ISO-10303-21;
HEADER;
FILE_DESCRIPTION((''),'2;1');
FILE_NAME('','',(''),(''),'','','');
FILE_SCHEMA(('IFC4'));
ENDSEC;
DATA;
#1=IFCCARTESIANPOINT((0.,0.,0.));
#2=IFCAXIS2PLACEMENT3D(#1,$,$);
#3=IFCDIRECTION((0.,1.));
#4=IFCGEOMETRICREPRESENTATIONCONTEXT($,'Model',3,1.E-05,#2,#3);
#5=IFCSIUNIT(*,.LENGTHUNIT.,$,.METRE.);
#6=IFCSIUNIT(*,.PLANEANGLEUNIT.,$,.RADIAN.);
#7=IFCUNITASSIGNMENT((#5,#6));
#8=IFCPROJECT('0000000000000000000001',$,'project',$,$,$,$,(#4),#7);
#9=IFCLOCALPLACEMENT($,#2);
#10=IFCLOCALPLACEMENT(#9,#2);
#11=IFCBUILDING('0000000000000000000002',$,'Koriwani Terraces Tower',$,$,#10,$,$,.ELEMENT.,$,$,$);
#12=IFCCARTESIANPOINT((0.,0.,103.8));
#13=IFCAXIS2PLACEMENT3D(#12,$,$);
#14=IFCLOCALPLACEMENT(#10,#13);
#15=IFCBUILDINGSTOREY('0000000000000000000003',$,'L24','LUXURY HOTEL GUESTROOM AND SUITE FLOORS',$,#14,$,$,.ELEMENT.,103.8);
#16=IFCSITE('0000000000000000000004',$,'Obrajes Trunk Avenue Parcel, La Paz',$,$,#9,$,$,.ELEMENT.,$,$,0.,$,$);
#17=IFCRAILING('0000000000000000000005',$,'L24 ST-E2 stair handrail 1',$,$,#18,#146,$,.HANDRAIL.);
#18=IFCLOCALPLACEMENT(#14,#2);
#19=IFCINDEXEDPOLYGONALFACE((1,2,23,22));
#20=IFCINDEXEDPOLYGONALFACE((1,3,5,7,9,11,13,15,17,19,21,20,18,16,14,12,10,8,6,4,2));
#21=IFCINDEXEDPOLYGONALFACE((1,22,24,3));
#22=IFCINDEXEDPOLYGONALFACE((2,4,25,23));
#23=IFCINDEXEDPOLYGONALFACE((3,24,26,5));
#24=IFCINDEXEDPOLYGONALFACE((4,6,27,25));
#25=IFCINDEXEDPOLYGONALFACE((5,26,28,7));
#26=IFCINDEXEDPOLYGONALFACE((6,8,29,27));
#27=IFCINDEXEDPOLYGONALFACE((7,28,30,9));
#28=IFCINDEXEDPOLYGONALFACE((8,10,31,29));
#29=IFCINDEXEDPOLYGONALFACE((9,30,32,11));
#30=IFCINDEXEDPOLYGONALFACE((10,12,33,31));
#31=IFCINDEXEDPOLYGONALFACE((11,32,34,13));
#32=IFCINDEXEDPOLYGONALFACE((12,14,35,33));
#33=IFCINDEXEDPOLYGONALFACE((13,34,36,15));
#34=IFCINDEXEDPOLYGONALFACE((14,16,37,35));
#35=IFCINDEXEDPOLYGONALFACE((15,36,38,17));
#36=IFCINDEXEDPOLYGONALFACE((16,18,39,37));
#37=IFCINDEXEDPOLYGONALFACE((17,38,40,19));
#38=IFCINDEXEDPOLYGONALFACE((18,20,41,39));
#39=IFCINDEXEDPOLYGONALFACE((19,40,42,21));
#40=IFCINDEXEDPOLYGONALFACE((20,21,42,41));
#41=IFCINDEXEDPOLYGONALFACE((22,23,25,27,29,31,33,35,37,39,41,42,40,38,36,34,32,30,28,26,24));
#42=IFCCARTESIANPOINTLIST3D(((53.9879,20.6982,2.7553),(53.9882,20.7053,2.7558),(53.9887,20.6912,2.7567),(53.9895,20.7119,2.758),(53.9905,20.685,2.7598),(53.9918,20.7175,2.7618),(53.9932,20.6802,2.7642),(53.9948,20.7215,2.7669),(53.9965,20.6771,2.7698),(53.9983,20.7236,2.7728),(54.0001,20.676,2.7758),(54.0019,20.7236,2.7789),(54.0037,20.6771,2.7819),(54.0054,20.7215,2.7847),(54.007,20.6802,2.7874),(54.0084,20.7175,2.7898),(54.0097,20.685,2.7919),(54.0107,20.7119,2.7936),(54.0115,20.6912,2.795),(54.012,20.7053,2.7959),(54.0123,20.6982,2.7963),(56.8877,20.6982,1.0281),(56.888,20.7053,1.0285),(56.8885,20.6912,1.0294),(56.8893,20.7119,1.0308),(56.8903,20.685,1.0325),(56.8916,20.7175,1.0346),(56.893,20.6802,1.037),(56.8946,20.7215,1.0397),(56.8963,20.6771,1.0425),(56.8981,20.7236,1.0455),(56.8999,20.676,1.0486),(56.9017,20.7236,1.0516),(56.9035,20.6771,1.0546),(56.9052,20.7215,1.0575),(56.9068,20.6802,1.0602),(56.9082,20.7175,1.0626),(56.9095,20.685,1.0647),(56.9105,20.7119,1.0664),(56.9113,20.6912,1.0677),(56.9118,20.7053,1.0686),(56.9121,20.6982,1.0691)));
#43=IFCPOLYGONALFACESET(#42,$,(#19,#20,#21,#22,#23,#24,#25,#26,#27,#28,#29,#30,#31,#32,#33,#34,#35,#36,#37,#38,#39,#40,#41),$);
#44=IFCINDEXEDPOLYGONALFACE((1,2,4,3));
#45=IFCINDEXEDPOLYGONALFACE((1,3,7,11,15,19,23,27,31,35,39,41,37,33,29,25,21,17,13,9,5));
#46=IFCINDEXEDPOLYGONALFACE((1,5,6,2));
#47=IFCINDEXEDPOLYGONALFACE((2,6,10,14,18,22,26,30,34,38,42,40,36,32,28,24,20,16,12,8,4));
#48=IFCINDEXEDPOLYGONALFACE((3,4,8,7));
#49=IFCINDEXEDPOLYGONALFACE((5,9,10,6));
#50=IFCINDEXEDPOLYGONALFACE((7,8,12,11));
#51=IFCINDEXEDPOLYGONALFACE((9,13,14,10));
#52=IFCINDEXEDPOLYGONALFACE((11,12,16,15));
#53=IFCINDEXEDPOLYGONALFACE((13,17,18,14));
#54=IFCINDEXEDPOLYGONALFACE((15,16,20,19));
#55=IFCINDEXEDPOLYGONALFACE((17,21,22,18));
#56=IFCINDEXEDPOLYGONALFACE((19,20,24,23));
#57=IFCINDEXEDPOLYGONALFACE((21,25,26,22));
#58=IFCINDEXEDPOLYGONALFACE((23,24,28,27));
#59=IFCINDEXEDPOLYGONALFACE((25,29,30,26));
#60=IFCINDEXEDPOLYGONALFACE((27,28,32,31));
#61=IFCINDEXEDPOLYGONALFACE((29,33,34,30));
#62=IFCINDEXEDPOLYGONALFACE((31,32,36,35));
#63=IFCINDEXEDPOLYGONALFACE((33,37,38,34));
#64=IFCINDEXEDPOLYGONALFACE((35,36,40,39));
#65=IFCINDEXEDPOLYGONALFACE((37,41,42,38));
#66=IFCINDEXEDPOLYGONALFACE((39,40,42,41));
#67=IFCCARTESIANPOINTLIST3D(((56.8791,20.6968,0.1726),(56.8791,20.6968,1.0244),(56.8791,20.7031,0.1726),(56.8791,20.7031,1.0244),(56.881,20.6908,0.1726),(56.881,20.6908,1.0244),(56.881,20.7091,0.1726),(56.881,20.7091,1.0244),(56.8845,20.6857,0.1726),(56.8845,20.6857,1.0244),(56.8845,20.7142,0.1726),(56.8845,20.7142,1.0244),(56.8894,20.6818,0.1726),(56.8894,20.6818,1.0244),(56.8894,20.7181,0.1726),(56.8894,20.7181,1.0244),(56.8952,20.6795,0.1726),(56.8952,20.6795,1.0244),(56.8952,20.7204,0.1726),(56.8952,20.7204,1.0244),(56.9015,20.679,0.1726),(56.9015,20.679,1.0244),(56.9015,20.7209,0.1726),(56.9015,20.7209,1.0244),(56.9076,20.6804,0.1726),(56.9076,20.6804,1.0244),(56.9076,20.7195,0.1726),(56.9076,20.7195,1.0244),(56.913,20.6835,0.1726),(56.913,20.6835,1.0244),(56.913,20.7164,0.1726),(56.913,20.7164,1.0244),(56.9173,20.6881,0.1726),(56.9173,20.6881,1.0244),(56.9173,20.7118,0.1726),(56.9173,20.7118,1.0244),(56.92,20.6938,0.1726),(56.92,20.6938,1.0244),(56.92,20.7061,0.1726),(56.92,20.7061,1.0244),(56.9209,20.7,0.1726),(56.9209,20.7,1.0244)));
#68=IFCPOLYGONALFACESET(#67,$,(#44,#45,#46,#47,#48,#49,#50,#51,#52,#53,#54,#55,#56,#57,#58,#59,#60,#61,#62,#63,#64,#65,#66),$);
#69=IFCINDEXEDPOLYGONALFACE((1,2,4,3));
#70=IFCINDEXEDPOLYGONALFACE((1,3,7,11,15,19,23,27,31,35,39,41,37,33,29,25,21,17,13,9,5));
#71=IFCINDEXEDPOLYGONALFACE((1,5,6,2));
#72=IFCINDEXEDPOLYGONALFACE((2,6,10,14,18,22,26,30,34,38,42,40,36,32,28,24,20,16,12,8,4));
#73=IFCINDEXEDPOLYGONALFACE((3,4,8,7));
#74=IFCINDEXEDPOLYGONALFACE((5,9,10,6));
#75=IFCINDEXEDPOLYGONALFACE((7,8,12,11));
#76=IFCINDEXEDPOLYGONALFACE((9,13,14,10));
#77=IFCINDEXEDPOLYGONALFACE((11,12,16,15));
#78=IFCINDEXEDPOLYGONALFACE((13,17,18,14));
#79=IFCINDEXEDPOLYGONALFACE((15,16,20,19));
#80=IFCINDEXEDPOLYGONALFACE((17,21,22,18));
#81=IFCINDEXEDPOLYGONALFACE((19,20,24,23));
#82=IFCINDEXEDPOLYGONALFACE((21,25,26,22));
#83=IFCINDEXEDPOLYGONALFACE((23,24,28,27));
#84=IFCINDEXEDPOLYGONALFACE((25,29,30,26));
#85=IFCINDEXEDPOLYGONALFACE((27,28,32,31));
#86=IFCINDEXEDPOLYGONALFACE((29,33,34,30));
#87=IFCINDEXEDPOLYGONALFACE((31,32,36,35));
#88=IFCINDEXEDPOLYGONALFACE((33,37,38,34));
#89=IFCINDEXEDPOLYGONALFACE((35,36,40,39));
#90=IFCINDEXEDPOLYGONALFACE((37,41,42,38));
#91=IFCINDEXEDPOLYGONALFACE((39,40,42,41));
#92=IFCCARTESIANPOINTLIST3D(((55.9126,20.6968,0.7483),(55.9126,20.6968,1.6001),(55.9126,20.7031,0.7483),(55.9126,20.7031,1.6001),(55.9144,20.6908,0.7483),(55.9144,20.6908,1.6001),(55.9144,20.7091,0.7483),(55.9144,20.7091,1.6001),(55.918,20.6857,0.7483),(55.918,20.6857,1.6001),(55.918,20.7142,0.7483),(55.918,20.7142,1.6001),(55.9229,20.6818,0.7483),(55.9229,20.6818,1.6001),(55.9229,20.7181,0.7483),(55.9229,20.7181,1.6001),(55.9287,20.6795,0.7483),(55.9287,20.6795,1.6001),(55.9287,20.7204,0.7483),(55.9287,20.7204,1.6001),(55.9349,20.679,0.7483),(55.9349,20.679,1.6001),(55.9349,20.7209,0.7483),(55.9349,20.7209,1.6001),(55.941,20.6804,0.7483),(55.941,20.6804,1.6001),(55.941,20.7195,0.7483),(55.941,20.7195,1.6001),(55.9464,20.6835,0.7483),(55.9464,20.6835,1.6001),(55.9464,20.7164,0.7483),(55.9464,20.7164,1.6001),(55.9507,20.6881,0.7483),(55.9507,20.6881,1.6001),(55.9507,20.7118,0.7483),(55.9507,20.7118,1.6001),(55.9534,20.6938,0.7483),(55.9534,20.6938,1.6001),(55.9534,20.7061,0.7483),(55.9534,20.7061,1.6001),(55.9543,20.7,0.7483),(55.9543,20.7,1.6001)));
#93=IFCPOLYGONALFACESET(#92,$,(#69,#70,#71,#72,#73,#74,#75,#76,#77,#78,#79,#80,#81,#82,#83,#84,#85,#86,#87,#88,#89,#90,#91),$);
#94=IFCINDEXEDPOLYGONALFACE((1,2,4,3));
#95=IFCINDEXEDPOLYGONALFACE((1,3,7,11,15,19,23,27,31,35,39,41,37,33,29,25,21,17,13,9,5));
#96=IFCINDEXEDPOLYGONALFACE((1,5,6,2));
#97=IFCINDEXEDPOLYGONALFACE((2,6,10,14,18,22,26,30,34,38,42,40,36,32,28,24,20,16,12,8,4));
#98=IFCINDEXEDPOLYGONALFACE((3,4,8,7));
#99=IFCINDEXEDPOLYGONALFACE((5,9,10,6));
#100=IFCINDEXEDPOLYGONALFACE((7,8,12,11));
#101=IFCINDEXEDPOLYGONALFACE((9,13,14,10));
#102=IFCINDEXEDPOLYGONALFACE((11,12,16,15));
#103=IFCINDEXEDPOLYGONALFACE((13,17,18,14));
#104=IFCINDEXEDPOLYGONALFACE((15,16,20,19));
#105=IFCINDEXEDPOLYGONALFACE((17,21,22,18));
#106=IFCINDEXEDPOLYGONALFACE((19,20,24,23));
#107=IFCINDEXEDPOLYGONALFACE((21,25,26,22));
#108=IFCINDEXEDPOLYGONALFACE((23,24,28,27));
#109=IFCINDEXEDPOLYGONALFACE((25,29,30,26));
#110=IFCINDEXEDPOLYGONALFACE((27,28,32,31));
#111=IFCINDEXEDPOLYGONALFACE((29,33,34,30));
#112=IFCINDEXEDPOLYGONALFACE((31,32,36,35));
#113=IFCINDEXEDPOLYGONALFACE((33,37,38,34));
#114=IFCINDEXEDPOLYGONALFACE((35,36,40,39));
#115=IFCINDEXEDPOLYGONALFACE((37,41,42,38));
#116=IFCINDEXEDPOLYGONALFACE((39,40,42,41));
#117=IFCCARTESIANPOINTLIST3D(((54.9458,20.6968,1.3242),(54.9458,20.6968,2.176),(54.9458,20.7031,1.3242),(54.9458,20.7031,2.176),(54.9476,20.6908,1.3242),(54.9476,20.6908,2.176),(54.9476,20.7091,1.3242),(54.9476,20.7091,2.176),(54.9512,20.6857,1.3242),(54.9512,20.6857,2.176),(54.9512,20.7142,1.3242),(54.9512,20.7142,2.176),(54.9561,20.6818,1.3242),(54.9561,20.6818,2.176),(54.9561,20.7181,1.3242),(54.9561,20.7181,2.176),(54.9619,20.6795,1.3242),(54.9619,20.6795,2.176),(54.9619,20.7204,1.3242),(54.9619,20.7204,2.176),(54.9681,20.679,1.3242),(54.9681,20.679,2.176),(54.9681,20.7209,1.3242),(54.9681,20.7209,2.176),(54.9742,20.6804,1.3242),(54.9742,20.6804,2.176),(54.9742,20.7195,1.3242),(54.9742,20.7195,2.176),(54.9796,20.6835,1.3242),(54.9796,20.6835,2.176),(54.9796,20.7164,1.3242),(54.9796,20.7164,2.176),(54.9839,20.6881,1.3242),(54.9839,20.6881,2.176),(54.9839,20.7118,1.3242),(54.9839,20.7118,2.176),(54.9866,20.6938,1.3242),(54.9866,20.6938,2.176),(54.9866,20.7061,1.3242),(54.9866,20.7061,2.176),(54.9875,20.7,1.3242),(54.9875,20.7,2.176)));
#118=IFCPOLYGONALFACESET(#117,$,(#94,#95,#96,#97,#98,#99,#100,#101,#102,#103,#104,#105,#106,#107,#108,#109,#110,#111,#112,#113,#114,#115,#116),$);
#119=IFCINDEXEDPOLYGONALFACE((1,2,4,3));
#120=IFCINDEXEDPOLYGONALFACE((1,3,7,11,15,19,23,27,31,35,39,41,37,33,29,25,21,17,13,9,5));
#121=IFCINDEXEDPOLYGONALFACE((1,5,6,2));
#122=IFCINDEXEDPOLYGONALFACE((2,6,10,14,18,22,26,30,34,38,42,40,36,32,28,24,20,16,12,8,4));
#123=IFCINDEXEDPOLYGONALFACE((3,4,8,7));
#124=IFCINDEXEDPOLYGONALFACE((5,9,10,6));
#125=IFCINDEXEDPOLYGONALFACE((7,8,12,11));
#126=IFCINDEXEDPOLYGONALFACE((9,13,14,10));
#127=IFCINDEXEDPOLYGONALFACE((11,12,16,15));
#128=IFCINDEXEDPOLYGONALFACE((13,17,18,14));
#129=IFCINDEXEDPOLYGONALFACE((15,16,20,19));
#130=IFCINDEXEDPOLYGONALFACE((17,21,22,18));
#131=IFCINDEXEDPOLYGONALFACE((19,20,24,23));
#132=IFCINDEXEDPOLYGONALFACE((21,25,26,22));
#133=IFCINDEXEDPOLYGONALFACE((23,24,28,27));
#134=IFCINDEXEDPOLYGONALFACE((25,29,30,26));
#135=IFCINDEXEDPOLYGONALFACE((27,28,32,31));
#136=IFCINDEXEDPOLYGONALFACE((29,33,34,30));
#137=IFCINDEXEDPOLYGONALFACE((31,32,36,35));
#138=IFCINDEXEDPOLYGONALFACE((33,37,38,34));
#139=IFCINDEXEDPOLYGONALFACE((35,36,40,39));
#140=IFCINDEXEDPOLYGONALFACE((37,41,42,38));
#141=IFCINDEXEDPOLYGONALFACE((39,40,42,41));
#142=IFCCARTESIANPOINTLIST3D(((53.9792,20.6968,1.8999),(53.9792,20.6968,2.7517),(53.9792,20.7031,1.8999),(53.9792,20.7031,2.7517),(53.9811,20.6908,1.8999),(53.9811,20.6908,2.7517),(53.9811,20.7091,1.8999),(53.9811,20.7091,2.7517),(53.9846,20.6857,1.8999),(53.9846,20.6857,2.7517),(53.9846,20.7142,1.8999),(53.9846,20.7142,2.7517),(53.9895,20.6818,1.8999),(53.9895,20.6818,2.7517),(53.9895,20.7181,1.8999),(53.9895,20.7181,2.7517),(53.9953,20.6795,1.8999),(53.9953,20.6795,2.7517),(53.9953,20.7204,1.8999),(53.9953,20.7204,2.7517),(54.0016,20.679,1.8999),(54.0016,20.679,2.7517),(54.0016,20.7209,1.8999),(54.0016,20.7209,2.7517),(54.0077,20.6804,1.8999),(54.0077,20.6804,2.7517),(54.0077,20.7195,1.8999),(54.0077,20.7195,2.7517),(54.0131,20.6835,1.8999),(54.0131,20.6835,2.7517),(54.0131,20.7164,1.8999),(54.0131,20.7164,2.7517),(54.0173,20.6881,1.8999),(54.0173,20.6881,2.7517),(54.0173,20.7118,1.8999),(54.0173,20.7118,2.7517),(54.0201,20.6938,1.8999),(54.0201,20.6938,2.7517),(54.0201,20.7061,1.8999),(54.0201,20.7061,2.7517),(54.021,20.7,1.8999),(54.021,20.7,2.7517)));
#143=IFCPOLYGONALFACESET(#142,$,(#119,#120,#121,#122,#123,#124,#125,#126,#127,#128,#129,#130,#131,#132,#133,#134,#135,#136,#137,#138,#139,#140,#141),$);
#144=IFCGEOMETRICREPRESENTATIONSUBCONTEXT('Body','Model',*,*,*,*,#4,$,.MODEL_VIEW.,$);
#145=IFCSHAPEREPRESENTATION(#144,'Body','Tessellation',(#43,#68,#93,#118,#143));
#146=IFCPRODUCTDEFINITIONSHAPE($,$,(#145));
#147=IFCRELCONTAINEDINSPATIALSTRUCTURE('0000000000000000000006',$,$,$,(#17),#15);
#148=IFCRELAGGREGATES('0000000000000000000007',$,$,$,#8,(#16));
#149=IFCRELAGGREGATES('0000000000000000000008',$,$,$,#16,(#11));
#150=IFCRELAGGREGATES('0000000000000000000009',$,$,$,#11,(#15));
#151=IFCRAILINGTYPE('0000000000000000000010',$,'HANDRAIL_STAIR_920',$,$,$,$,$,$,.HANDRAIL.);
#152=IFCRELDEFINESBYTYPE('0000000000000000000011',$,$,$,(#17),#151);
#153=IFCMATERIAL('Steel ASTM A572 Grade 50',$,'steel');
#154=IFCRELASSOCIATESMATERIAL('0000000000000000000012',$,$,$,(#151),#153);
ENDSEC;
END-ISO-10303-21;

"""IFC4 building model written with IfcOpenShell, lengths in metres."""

from ifc_helpers import new_model, si_unit, direction, frame, origin, origin_2d, place, context, subcontext, project, spatial, circle, extrude, material, type_object, element, save


model = new_model("IFC4")

# Units and contexts
model_context = context("Model", 3, precision=1e-05, world=origin(), true_north=direction((0.0, 1.0)))
body_context = subcontext(model_context, "Body", "Model", "MODEL_VIEW")
ifc_project = project(units=[si_unit("LENGTHUNIT", "METRE"), si_unit("PLANEANGLEUNIT", "RADIAN")], contexts=[model_context])

# Site, building, storey
site_placement = place(None, origin())
site = spatial("IfcSite", under=ifc_project, at=site_placement, Name="Obrajes Trunk Avenue Parcel, La Paz", CompositionType="ELEMENT", RefElevation=0.0)
building_placement = place(site_placement, origin())
building = spatial("IfcBuilding", under=site, at=building_placement, Name="Koriwani Terraces Tower", CompositionType="ELEMENT")
storey_placement = place(building_placement, frame((0.0, 0.0, 103.8)))
storey = spatial("IfcBuildingStorey", under=building, at=storey_placement, Name="L24", Description="LUXURY HOTEL GUESTROOM AND SUITE FLOORS", CompositionType="ELEMENT", Elevation=103.8)

# Shared definitions
ifc_material_1 = material(Name="Steel ASTM A572 Grade 50", Category="steel")

# Railing
railing_type_1 = type_object("IfcRailingType", Name="HANDRAIL_STAIR_920", PredefinedType="HANDRAIL", material=ifc_material_1)
railing_1_placement = place(storey_placement, frame((56.8999, 20.7, 0.1726)))
element("IfcRailing", 1, at=railing_1_placement, inside=storey, type_object=railing_type_1, Name="L24 ST-E2 stair handrail 1", PredefinedType="HANDRAIL", context=body_context, shape_type="SweptSolid", body=[
    extrude(circle(Radius=0.0239, at=origin_2d()), frame((0.0, 0.0, 0.876), z_axis=(-0.859141, 0.0, 0.511738), x_axis=(0.0, -1.0, 0.0)), (0.0, 0.0, 1.0), 3.3752),
    extrude(circle(Radius=0.021, at=origin_2d()), origin(), (0.0, 0.0, 1.0), 0.8518),
    extrude(circle(Radius=0.021, at=origin_2d()), frame((-0.9666, 0.0, 0.5757)), (0.0, 0.0, 1.0), 0.8518),
    extrude(circle(Radius=0.021, at=origin_2d()), frame((-1.9333, 0.0, 1.1516)), (0.0, 0.0, 1.0), 0.8518),
    extrude(circle(Radius=0.021, at=origin_2d()), frame((-2.8999, 0.0, 1.7273)), (0.0, 0.0, 1.0), 0.8518),
])

save(model, "model.ifc")
